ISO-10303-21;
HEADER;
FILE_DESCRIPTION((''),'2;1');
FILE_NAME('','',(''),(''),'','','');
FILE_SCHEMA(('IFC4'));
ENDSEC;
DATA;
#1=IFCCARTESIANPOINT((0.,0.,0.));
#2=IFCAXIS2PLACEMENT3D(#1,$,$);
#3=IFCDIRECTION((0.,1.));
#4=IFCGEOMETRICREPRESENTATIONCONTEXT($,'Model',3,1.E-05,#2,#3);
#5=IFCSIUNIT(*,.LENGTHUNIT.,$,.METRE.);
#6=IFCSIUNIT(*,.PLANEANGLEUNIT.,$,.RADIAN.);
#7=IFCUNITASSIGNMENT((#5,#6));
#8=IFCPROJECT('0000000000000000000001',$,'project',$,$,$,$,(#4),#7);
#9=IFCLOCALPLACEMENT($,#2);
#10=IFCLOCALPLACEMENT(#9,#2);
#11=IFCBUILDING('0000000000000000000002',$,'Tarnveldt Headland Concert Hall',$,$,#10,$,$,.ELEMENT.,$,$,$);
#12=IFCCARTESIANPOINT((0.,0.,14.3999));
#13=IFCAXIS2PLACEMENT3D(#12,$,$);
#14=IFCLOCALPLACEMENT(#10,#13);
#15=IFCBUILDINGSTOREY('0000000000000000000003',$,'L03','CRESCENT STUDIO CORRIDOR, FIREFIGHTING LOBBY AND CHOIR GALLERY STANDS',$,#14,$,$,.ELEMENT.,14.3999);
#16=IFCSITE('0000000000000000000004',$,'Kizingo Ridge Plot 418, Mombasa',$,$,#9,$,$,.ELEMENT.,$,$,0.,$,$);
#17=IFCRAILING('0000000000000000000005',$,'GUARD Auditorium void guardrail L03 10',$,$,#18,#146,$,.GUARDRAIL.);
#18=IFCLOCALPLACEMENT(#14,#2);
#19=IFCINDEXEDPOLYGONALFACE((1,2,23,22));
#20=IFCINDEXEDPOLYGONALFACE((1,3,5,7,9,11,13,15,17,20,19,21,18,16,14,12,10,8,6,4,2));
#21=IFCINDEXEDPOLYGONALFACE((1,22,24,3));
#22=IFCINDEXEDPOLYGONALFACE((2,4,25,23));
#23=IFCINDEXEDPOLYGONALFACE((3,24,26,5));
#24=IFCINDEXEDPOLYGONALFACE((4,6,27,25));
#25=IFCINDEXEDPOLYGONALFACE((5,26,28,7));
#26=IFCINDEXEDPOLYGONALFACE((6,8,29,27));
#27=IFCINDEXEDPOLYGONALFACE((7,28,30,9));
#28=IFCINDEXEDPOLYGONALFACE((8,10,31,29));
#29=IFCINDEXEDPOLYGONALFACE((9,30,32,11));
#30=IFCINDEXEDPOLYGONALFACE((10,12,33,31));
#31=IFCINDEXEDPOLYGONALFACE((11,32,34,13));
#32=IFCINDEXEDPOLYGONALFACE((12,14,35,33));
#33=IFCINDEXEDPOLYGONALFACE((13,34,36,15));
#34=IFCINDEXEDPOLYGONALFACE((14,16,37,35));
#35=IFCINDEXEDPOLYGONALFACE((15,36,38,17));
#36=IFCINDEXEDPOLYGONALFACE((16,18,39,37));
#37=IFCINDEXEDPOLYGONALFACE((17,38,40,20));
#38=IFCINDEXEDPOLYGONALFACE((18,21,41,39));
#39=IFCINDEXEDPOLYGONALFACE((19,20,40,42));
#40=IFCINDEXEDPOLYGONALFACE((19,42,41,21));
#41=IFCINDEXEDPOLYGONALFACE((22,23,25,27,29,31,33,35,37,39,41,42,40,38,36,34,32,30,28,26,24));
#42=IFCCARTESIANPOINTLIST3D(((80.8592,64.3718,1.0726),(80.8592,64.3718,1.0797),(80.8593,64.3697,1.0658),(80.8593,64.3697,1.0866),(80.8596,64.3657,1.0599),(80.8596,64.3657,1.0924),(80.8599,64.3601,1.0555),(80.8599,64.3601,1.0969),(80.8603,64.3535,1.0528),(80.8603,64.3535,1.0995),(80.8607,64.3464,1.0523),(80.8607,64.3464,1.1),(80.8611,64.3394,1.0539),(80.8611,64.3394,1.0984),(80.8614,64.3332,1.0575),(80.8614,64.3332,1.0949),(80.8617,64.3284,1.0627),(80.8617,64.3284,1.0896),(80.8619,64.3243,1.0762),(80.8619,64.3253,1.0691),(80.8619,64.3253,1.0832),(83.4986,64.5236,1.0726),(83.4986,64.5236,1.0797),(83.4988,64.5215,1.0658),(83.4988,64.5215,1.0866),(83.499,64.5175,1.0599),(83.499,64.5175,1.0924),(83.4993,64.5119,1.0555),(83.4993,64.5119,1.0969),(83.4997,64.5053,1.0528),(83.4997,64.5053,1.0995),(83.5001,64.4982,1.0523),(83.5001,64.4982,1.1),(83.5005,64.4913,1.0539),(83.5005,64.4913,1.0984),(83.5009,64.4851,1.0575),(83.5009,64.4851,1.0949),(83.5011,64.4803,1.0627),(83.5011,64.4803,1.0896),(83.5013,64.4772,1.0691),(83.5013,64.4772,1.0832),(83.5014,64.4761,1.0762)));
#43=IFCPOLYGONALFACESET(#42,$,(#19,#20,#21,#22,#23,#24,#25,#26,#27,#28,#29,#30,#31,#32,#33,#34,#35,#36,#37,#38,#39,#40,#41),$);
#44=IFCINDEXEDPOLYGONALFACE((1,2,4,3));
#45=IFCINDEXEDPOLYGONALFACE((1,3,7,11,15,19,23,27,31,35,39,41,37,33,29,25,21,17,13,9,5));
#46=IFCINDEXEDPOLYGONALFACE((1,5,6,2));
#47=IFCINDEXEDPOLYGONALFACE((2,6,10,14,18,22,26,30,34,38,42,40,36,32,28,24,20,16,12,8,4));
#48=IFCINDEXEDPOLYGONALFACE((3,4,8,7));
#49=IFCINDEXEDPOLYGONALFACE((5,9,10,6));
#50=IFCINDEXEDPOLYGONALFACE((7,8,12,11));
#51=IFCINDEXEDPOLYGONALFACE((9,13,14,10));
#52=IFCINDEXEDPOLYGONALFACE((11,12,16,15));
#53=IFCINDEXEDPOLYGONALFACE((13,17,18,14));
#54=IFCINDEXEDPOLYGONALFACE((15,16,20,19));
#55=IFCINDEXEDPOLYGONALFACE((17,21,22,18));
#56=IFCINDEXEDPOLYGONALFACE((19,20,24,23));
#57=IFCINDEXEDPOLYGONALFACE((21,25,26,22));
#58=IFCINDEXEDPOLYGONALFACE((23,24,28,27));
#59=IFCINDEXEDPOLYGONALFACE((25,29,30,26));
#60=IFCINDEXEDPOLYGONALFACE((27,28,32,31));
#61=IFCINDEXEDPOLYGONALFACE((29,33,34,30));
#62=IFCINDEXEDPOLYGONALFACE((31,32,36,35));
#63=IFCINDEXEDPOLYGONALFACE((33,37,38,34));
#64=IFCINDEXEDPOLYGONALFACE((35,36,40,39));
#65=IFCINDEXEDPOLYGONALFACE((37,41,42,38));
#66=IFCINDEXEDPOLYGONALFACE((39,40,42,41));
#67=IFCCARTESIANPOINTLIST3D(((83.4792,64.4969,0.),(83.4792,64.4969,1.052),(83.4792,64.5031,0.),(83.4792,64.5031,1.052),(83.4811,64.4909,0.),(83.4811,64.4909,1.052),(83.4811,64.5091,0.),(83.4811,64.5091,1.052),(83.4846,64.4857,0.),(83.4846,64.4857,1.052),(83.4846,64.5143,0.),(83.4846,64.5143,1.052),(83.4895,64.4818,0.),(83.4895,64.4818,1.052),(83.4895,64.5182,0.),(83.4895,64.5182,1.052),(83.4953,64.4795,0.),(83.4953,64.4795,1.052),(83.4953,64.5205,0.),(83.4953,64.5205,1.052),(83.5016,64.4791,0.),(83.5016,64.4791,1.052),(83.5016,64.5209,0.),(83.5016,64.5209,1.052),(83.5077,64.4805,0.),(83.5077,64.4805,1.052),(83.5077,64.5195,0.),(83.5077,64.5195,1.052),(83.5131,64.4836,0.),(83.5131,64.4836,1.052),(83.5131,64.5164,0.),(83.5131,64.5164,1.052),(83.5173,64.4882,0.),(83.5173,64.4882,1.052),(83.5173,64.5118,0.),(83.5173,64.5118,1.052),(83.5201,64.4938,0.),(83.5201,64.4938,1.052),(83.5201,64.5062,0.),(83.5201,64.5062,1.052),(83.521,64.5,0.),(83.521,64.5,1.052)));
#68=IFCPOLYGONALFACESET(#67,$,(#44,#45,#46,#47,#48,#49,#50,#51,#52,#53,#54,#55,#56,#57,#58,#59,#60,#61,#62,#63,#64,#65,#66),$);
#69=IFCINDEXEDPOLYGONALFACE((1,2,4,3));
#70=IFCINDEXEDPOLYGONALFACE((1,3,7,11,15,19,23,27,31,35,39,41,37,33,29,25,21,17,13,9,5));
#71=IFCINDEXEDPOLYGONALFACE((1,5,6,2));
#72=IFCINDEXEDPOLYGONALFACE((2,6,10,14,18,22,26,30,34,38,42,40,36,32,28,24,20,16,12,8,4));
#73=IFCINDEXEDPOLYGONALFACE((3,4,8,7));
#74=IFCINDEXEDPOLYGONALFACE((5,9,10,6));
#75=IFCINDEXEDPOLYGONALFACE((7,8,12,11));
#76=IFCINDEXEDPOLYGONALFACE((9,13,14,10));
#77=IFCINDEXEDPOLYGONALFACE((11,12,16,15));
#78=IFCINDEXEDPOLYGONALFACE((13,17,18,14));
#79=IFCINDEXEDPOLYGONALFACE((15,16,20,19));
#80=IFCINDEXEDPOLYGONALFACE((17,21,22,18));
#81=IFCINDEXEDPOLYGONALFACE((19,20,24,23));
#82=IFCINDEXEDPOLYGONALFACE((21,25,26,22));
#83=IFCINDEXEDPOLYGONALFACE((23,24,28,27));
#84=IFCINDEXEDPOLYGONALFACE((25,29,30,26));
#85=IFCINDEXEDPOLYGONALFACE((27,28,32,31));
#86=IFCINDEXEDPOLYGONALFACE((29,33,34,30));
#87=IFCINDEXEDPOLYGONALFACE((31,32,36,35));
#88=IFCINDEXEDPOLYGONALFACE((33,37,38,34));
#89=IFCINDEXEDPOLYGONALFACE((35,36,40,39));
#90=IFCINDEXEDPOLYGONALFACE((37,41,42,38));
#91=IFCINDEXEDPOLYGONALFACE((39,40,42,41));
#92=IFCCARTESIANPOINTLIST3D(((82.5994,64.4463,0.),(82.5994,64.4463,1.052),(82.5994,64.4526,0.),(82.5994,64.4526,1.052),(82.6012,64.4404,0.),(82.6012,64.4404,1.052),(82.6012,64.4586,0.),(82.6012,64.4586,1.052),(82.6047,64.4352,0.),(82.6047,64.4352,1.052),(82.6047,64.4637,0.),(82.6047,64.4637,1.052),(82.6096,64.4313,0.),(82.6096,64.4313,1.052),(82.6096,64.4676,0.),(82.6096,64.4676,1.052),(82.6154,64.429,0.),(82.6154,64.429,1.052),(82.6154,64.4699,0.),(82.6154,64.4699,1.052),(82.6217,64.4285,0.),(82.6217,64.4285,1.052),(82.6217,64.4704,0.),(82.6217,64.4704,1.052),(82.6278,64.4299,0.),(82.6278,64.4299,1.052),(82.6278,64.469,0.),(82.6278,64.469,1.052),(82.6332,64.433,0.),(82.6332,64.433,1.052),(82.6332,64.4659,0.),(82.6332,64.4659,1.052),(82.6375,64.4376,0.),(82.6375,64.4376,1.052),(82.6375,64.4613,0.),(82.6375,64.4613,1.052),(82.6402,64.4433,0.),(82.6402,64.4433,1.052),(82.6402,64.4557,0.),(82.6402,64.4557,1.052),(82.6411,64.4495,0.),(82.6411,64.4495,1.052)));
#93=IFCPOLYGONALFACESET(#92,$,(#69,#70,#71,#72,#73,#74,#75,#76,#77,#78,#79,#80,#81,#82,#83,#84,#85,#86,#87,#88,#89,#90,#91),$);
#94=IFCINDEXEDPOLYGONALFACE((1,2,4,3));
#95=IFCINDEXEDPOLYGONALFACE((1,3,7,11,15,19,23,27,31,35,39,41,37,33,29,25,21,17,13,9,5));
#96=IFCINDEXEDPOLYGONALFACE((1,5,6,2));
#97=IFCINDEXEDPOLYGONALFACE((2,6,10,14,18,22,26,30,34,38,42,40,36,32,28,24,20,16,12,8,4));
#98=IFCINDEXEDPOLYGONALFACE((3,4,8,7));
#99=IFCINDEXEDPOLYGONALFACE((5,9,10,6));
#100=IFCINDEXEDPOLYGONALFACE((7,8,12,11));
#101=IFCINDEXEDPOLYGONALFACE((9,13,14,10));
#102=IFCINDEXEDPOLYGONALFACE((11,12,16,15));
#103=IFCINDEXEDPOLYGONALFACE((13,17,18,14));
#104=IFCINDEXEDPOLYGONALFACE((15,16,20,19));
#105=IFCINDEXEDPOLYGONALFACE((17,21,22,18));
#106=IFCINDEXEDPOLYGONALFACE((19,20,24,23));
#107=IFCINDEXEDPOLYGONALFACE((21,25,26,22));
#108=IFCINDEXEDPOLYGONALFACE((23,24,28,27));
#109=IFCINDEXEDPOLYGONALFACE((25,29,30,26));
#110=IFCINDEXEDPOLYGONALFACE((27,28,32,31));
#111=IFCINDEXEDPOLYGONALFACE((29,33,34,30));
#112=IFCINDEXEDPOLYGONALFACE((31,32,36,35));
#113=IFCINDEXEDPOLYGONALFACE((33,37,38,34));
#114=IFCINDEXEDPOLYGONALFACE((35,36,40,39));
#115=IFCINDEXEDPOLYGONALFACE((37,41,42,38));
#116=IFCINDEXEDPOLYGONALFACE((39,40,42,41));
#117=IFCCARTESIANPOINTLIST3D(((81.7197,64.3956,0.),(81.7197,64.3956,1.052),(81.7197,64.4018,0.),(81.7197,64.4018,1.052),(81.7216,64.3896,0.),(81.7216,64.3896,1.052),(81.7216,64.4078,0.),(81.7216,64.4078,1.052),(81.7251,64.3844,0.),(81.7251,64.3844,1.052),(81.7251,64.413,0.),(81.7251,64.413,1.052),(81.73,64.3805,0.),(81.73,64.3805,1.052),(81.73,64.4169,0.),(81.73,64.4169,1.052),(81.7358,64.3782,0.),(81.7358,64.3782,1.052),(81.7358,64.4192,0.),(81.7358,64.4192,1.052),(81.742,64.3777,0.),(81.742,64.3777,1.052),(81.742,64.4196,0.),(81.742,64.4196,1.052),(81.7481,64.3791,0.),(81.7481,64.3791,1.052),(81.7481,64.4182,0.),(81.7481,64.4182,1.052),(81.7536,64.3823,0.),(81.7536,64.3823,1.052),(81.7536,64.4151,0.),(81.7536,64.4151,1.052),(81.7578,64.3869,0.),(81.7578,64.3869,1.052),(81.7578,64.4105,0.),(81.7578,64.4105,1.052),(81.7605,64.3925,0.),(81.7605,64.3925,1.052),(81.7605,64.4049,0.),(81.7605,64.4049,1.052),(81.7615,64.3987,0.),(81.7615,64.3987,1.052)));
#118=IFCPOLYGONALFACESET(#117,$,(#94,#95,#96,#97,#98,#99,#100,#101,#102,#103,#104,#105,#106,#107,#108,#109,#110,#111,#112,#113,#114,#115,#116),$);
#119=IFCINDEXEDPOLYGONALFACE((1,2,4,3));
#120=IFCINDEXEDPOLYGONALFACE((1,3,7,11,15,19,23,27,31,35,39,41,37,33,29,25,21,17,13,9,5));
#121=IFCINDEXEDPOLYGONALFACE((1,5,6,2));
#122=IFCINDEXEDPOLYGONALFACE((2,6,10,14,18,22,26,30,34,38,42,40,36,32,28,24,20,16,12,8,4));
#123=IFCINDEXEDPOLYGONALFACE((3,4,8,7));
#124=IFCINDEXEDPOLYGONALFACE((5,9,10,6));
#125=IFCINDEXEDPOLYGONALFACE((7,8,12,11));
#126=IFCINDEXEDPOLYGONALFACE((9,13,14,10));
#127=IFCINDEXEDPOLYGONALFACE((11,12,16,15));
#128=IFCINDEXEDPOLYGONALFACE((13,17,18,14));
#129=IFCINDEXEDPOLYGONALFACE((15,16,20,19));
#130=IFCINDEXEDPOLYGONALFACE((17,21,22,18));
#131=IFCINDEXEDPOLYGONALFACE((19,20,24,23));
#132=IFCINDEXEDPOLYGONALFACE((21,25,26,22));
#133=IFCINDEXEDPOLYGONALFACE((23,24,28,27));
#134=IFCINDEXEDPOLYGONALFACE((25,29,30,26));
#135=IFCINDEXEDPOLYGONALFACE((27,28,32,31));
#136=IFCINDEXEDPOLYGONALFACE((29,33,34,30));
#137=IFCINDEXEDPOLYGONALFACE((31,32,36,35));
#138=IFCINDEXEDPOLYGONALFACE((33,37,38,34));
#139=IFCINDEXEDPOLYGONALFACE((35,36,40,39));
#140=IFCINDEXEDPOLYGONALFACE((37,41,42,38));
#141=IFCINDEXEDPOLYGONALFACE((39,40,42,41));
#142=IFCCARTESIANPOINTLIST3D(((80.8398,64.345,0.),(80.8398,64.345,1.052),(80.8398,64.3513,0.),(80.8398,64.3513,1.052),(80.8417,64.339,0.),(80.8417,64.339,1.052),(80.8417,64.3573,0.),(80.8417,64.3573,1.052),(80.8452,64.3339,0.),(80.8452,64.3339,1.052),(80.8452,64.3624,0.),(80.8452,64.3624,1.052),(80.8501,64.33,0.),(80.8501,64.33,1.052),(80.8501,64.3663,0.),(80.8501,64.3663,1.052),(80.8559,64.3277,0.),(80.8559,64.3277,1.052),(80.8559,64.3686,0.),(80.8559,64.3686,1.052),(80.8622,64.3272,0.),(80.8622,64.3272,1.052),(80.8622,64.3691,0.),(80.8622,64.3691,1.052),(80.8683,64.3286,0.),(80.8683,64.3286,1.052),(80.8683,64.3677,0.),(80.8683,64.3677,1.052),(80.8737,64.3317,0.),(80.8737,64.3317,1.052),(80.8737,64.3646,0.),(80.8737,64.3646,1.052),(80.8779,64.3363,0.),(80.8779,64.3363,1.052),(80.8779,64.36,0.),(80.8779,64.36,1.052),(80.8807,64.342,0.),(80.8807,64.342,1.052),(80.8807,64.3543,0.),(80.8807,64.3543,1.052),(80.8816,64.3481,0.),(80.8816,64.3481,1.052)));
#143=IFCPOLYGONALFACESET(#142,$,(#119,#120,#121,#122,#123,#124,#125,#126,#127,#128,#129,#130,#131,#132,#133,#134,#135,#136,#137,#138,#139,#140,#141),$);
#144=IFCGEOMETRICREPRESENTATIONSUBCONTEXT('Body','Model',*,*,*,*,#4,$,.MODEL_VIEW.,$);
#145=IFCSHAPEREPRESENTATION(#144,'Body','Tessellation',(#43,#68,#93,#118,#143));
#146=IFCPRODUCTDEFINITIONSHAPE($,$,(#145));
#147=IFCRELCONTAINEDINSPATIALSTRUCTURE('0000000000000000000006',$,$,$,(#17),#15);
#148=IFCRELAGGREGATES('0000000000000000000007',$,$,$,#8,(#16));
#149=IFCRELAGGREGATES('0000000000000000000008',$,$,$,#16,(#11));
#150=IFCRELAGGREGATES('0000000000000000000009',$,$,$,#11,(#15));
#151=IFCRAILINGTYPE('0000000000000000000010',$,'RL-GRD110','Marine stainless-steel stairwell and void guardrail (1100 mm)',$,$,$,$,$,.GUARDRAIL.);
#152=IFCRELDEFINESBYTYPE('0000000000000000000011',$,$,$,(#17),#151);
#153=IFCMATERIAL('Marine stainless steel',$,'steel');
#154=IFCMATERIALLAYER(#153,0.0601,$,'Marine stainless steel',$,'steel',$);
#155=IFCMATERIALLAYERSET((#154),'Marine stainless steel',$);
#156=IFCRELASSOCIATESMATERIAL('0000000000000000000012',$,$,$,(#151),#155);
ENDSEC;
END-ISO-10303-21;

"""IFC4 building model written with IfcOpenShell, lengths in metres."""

from ifc_helpers import new_model, si_unit, direction, frame, origin, origin_2d, place, context, subcontext, project, spatial, circle, extrude, material, layer, layer_set, type_object, element, save


model = new_model("IFC4")

# Units and contexts
model_context = context("Model", 3, precision=1e-05, world=origin(), true_north=direction((0.0, 1.0)))
body_context = subcontext(model_context, "Body", "Model", "MODEL_VIEW")
ifc_project = project(units=[si_unit("LENGTHUNIT", "METRE"), si_unit("PLANEANGLEUNIT", "RADIAN")], contexts=[model_context])

# Site, building, storey
site_placement = place(None, origin())
site = spatial("IfcSite", under=ifc_project, at=site_placement, Name="Kizingo Ridge Plot 418, Mombasa", CompositionType="ELEMENT", RefElevation=0.0)
building_placement = place(site_placement, origin())
building = spatial("IfcBuilding", under=site, at=building_placement, Name="Tarnveldt Headland Concert Hall", CompositionType="ELEMENT")
storey_placement = place(building_placement, frame((0.0, 0.0, 14.3999)))
storey = spatial("IfcBuildingStorey", under=building, at=storey_placement, Name="L03", Description="CRESCENT STUDIO CORRIDOR, FIREFIGHTING LOBBY AND CHOIR GALLERY STANDS", CompositionType="ELEMENT", Elevation=14.3999)

# Railing
ifc_material_1 = material(Name="Marine stainless steel", Category="steel")
ifc_layer = layer(ifc_material_1, 0.0601, Name="Marine stainless steel", Category="steel")
ifc_layer_set = layer_set([ifc_layer], Name="Marine stainless steel")
railing_type = type_object("IfcRailingType", Name="RL-GRD110", Description="Marine stainless-steel stairwell and void guardrail (1100 mm)", PredefinedType="GUARDRAIL", material=ifc_layer_set)
railing_1_placement = place(storey_placement, frame((83.5, 64.5, 0.0)))
element("IfcRailing", 1, at=railing_1_placement, inside=storey, type_object=railing_type, Name="GUARD Auditorium void guardrail L03 10", PredefinedType="GUARDRAIL", context=body_context, shape_type="SweptSolid", body=[
    extrude(circle(Radius=0.0239, at=origin_2d()), frame((0.0, 0.0, 1.0762), z_axis=(-0.998349, -0.057439, 0.0), x_axis=(0.057439, -0.998349, 0.0)), (0.0, 0.0, 1.0), 2.6438),
    extrude(circle(Radius=0.021, at=origin_2d()), origin(), (0.0, 0.0, 1.0), 1.052),
    extrude(circle(Radius=0.021, at=origin_2d()), frame((-0.8799, -0.0505, 0.0)), (0.0, 0.0, 1.0), 1.052),
    extrude(circle(Radius=0.021, at=origin_2d()), frame((-1.7595, -0.1013, 0.0)), (0.0, 0.0, 1.0), 1.052),
    extrude(circle(Radius=0.021, at=origin_2d()), frame((-2.6394, -0.1519, 0.0)), (0.0, 0.0, 1.0), 1.052),
])

save(model, "model.ifc")
